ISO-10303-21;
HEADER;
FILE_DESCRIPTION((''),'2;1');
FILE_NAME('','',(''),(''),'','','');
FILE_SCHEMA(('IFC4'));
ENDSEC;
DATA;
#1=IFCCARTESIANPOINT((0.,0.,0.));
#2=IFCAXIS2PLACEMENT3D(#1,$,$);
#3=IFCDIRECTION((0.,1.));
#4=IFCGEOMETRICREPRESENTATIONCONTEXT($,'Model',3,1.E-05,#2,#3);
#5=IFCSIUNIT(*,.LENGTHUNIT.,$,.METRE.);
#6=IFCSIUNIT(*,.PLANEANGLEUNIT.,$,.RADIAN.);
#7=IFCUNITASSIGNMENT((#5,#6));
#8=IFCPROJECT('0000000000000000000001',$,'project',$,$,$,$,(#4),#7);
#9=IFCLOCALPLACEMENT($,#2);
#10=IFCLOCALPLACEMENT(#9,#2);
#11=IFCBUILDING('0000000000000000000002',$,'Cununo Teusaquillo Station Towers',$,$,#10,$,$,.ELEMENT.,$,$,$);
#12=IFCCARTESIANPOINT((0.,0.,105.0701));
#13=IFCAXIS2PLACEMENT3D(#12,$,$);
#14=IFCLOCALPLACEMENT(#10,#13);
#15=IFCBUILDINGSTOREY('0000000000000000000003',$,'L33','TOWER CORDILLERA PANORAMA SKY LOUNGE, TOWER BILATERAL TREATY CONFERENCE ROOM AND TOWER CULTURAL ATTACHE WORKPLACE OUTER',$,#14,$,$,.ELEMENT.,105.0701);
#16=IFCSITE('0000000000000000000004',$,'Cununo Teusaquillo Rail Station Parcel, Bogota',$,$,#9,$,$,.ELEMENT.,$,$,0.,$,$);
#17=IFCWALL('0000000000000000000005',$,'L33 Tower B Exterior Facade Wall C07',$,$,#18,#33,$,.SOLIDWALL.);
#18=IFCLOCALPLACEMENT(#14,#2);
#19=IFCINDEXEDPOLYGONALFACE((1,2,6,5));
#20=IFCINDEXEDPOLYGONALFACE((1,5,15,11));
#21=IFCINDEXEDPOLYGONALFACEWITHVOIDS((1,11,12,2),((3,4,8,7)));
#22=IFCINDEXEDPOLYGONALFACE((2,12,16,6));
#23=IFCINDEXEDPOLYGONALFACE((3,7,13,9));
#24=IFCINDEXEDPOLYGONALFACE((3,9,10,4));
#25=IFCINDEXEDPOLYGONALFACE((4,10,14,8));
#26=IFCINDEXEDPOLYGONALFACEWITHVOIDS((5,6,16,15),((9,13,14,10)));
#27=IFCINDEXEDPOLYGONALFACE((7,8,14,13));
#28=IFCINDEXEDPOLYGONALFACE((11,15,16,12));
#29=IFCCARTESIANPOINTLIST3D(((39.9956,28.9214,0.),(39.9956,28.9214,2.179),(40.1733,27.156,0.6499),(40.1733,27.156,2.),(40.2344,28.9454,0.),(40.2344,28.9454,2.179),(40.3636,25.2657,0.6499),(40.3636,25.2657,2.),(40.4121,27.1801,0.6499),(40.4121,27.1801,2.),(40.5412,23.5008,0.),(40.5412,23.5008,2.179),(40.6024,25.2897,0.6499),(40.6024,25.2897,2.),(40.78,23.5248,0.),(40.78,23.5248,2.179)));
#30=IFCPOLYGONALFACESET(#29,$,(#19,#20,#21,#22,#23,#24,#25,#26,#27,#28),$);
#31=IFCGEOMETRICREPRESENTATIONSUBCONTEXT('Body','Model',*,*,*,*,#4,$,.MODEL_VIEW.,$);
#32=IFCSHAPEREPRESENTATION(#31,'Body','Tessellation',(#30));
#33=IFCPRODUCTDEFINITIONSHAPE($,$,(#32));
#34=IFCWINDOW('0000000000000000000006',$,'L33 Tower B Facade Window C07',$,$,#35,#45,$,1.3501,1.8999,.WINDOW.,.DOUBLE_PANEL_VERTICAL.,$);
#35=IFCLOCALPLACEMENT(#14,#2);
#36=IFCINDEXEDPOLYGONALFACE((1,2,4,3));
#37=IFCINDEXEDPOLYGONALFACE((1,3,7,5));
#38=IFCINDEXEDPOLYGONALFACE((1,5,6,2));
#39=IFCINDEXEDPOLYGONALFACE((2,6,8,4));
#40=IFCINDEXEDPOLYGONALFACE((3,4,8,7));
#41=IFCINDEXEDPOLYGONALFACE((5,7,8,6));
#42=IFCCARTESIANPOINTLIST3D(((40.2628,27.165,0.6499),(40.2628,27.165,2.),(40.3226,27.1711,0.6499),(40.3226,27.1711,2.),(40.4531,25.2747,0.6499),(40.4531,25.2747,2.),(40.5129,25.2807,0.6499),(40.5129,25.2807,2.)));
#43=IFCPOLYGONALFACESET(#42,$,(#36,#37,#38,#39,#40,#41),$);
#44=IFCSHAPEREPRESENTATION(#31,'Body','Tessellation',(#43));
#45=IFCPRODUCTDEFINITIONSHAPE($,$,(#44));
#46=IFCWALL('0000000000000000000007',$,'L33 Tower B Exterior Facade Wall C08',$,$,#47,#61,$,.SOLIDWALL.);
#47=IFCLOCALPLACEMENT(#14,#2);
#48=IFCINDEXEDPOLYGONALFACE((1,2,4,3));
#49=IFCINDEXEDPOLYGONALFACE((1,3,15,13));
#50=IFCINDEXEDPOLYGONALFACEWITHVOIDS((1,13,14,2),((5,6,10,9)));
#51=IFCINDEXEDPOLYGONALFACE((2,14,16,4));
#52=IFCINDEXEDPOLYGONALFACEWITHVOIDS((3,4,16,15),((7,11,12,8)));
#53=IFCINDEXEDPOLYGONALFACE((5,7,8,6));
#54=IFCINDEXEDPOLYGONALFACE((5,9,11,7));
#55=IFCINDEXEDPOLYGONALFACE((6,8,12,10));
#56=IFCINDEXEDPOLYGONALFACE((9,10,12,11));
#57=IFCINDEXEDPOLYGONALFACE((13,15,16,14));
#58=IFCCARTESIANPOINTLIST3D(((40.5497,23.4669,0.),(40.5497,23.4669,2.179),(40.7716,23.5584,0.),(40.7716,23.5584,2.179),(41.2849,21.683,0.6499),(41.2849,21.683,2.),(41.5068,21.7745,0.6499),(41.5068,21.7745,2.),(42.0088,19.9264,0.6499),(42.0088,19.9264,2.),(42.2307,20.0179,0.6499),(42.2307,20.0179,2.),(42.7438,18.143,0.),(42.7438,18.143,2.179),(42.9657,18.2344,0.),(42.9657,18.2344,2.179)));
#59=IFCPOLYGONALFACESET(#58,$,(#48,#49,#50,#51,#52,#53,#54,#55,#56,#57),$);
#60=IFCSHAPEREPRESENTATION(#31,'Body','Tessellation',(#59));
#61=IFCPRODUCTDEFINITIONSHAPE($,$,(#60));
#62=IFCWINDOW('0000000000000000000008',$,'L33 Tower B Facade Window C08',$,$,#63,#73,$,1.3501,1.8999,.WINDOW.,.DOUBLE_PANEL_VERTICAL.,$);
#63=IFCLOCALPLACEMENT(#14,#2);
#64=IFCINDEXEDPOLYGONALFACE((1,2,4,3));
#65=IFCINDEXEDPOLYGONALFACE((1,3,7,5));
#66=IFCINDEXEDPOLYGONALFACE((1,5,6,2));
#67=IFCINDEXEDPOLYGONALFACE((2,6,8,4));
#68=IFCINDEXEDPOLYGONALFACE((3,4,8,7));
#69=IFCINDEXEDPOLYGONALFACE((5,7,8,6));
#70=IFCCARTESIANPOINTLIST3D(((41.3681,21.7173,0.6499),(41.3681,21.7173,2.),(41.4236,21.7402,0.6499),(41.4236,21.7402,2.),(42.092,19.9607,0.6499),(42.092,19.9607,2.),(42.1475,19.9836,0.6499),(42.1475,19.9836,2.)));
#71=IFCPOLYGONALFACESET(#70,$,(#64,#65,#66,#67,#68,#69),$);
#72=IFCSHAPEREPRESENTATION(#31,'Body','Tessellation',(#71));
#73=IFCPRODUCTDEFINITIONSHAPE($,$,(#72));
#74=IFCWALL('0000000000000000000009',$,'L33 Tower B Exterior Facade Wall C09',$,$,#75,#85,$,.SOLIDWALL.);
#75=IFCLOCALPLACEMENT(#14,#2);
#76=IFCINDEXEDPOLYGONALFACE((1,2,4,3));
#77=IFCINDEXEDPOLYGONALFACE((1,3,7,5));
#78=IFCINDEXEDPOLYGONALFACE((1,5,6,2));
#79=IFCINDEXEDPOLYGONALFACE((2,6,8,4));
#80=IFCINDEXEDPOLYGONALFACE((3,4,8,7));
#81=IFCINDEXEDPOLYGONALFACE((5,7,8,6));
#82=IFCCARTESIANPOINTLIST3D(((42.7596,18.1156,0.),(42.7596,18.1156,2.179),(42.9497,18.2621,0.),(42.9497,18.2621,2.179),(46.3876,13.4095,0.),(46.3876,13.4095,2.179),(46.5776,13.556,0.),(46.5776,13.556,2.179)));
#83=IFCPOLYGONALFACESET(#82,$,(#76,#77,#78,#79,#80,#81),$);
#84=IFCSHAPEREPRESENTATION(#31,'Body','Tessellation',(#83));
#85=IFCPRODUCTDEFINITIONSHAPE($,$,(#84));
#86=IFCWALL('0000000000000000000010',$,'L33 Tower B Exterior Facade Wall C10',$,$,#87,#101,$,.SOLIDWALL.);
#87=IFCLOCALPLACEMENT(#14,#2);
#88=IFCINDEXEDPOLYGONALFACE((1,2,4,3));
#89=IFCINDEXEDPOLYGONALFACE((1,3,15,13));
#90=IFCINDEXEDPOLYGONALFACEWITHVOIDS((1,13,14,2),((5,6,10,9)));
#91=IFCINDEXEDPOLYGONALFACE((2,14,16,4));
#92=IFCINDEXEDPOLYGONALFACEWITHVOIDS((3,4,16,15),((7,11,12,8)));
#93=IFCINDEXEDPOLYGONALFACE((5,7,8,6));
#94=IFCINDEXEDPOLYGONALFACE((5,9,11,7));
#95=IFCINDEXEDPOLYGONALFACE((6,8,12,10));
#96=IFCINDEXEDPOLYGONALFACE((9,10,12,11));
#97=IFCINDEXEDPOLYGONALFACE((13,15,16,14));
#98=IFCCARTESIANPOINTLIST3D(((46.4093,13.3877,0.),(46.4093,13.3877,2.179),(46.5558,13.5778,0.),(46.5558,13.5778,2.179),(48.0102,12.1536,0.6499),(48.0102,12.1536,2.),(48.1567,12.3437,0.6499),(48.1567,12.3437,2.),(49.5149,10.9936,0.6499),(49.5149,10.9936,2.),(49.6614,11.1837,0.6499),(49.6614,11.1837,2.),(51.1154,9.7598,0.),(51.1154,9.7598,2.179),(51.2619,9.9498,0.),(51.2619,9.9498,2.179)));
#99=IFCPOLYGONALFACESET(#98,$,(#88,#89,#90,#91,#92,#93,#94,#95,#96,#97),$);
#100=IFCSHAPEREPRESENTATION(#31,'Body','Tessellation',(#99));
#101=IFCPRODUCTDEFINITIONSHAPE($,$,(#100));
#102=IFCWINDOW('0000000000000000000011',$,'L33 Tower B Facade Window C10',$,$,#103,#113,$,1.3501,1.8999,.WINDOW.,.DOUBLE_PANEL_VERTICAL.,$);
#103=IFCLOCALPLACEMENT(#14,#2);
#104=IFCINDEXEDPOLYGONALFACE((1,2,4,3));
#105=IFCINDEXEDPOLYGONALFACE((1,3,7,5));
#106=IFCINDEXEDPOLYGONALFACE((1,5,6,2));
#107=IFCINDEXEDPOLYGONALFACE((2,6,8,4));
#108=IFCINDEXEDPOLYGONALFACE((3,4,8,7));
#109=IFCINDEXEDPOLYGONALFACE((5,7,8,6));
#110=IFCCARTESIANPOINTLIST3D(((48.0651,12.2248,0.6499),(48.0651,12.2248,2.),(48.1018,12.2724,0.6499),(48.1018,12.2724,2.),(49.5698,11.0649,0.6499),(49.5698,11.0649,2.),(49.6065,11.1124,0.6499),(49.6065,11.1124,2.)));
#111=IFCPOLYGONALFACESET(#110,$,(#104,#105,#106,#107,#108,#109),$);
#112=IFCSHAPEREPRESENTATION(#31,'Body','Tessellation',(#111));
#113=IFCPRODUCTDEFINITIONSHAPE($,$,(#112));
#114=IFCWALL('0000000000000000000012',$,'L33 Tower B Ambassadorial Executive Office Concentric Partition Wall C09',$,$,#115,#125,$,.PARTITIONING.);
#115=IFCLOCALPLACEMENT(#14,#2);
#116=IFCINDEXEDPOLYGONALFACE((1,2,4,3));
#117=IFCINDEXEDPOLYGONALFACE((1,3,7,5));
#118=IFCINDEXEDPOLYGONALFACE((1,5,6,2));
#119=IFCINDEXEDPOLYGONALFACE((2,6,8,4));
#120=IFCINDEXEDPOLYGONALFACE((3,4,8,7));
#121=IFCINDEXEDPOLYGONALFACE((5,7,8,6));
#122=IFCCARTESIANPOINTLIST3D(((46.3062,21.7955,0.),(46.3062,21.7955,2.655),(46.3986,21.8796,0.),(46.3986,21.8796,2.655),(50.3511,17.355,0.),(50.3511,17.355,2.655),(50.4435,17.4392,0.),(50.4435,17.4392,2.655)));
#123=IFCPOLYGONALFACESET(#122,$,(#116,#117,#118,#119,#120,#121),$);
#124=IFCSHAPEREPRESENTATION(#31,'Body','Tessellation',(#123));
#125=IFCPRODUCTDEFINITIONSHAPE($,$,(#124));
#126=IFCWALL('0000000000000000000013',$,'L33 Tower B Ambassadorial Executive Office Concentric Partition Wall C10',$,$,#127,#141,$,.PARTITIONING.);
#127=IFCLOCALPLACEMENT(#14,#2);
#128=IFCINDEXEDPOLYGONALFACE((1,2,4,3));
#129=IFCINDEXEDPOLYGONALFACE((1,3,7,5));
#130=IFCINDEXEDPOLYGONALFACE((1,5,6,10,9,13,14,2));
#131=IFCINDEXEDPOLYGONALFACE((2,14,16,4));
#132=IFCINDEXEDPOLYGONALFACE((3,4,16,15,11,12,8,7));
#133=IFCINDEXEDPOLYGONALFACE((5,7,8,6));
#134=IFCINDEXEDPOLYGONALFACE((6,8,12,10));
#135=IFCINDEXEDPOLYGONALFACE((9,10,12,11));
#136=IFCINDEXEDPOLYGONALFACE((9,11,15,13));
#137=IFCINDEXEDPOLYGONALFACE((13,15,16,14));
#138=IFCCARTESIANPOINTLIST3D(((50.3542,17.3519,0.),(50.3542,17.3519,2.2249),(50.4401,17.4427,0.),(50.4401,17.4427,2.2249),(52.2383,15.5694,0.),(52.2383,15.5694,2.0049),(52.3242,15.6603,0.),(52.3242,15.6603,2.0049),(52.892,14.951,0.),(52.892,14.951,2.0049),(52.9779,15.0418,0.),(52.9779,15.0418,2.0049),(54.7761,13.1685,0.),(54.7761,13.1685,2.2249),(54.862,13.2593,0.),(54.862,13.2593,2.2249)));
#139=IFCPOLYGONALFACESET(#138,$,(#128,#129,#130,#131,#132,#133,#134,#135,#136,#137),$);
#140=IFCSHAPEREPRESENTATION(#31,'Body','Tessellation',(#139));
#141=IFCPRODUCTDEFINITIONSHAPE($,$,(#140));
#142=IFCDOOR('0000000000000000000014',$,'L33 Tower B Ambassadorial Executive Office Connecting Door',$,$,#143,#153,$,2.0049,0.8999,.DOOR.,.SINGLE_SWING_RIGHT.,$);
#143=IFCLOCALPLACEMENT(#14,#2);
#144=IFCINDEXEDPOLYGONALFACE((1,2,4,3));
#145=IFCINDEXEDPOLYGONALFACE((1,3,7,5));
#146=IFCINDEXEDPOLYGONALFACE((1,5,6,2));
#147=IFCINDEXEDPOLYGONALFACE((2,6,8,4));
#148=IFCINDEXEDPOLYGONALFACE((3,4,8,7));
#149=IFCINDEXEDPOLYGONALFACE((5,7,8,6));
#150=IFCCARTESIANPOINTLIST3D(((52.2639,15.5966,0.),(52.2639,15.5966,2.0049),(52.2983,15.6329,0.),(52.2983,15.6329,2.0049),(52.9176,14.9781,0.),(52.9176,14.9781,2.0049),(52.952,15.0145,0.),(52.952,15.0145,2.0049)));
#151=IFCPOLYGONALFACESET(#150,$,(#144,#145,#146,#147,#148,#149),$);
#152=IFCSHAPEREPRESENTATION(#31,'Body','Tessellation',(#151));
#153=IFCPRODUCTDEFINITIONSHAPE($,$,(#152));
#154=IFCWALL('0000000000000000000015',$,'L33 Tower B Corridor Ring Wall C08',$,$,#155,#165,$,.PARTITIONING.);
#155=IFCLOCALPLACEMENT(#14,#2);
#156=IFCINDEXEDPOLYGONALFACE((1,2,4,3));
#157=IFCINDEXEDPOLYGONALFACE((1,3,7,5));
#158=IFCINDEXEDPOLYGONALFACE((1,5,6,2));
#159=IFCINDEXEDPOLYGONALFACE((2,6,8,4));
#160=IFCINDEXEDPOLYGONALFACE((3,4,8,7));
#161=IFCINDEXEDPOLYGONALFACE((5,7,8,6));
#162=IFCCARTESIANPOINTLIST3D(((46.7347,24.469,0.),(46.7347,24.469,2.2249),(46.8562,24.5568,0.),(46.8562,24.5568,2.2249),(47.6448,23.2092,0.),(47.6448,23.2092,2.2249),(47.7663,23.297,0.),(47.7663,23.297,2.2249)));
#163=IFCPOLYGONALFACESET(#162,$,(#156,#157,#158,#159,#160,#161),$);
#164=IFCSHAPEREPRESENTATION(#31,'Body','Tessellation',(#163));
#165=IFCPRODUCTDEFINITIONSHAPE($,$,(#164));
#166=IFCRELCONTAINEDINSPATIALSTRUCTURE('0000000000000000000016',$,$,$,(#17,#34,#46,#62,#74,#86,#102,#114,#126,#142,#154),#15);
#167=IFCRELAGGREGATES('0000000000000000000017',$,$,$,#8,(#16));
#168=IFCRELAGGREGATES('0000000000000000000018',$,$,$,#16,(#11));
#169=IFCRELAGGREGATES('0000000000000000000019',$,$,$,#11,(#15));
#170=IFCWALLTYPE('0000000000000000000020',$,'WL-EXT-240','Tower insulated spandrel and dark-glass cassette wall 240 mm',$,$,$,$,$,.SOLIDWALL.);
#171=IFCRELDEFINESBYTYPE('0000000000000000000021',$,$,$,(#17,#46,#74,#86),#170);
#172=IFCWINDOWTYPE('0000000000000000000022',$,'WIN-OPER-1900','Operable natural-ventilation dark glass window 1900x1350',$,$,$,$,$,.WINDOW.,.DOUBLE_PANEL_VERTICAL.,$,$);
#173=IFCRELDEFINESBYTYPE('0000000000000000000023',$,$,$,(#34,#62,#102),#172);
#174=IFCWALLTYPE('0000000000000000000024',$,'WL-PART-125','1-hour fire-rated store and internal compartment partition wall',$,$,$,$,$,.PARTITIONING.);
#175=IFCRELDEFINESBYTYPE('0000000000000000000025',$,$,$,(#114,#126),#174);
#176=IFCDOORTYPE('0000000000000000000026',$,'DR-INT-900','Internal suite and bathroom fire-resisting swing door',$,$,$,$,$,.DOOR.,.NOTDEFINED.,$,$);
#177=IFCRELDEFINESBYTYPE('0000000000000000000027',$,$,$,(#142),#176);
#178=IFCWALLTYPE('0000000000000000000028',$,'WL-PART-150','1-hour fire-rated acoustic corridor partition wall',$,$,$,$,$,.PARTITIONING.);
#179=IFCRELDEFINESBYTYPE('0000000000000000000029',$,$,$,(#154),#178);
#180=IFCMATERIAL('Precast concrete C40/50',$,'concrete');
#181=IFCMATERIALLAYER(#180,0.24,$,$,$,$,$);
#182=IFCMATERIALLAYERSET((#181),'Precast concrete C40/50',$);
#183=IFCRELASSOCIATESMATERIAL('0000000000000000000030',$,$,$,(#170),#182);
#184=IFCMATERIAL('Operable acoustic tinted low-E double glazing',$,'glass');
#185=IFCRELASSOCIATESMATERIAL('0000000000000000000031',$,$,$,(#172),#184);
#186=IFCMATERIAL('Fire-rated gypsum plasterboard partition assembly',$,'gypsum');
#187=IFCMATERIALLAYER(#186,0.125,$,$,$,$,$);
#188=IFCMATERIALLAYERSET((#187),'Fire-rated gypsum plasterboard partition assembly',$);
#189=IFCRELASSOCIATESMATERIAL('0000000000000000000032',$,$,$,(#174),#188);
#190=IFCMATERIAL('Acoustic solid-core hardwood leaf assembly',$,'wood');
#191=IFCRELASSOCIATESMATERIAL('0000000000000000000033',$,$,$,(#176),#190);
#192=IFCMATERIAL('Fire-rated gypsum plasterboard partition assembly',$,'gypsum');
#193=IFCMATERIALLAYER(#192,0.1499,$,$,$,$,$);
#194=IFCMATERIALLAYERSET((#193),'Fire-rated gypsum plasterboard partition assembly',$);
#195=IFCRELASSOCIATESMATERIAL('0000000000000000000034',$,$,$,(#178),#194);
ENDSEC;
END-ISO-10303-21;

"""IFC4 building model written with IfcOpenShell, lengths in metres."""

from ifc_helpers import new_model, si_unit, direction, frame, frame_2d, origin, place, context, subcontext, project, spatial, rectangle, extrude, source, transform, mapped, material, layer, layer_set, type_object, element, fill, save


model = new_model("IFC4")

# Units and contexts
model_context = context("Model", 3, precision=1e-05, world=origin(), true_north=direction((0.0, 1.0)))
body_context = subcontext(model_context, "Body", "Model", "MODEL_VIEW")
ifc_project = project(units=[si_unit("LENGTHUNIT", "METRE"), si_unit("PLANEANGLEUNIT", "RADIAN")], contexts=[model_context])

# Site, building, storey
site_placement = place(None, origin())
site = spatial("IfcSite", under=ifc_project, at=site_placement, Name="Cununo Teusaquillo Rail Station Parcel, Bogota", CompositionType="ELEMENT", RefElevation=0.0)
building_placement = place(site_placement, origin())
building = spatial("IfcBuilding", under=site, at=building_placement, Name="Cununo Teusaquillo Station Towers", CompositionType="ELEMENT")
storey_placement = place(building_placement, frame((0.0, 0.0, 105.0701)))
storey = spatial("IfcBuildingStorey", under=building, at=storey_placement, Name="L33", Description="TOWER CORDILLERA PANORAMA SKY LOUNGE, TOWER BILATERAL TREATY CONFERENCE ROOM AND TOWER CULTURAL ATTACHE WORKPLACE OUTER", CompositionType="ELEMENT", Elevation=105.0701)

# Shared definitions
ifc_material_1 = material(Name="Precast concrete C40/50", Category="concrete")
ifc_layer_1 = layer(ifc_material_1, 0.24)
ifc_layer_set_1 = layer_set([ifc_layer_1], Name="Precast concrete C40/50")
wall_type_1 = type_object("IfcWallType", Name="WL-EXT-240", Description="Tower insulated spandrel and dark-glass cassette wall 240 mm", PredefinedType="SOLIDWALL", material=ifc_layer_set_1)

# Walls, openings, windows
shared_shape_1 = source(origin(), body_context, "Body", "SweptSolid", [
    extrude(rectangle(XDim=1.8999, YDim=1.3501, at=frame_2d((0.95, 0.675))), frame((0.0, 0.1299, 0.0), z_axis=(0.0, -1.0, 0.0), x_axis=(1.0, 0.0, 0.0)), (0.0, 0.0, 1.0), 0.26),
])
ifc_material_2 = material(Name="Operable acoustic tinted low-E double glazing", Category="glass")
window_type = type_object("IfcWindowType", Name="WIN-OPER-1900", Description="Operable natural-ventilation dark glass window 1900x1350", PartitioningType="DOUBLE_PANEL_VERTICAL", PredefinedType="WINDOW", material=ifc_material_2)
shared_shape_2 = source(origin(), body_context, "Body", "SweptSolid", [
    extrude(rectangle(XDim=1.8999, YDim=1.3501, at=frame_2d((0.95, 0.675))), frame((0.0, 0.03, 0.0), z_axis=(0.0, -1.0, 0.0), x_axis=(1.0, 0.0, 0.0)), (0.0, 0.0, 1.0), 0.0601),
])
wall_1_placement = place(storey_placement, frame((40.6606, 23.5127, 0.0), z_axis=(0.0, 0.0, 1.0), x_axis=(-0.100156, 0.994972, 0.0)))
wall_1 = element("IfcWall", 1, at=wall_1_placement, inside=storey, type_object=wall_type_1, Name="L33 Tower B Exterior Facade Wall C07", PredefinedType="SOLIDWALL", context=body_context, shape_type="SweptSolid", body=[
    extrude(rectangle(XDim=5.448, YDim=0.24, at=frame_2d((2.7241, 0.0))), origin(), (0.0, 0.0, 1.0), 2.179),
])
opening_1_placement = place(wall_1_placement, frame((1.7739, 0.0, 0.6499)))
opening_1 = element("IfcOpeningElement", 2, at=opening_1_placement, cuts=wall_1, PredefinedType="OPENING", context=body_context, shape_type="MappedRepresentation", body=[
    mapped(shared_shape_1, transform((0.0, 0.0, 0.0), x_axis=(1.0, 0.0, 0.0), y_axis=(0.0, 1.0, 0.0), z_axis=(0.0, 0.0, 1.0), scale=1.0)),
])
window_1_placement = place(opening_1_placement, origin())
window_1 = element("IfcWindow", 3, at=window_1_placement, inside=storey, type_object=window_type, Name="L33 Tower B Facade Window C07", OverallHeight=1.3501, OverallWidth=1.8999, PartitioningType="DOUBLE_PANEL_VERTICAL", PredefinedType="WINDOW", context=body_context, shape_type="MappedRepresentation", body=[
    mapped(shared_shape_2, transform((0.0, 0.0, 0.0), x_axis=(1.0, 0.0, 0.0), y_axis=(0.0, 1.0, 0.0), z_axis=(0.0, 0.0, 1.0), scale=1.0)),
])
fill(opening_1, window_1)
wall_2_placement = place(storey_placement, frame((42.8547, 18.1887, 0.0), z_axis=(0.0, 0.0, 1.0), x_axis=(-0.381027, 0.924564, 0.0)))
wall_2 = element("IfcWall", 4, at=wall_2_placement, inside=storey, type_object=wall_type_1, Name="L33 Tower B Exterior Facade Wall C08", PredefinedType="SOLIDWALL", context=body_context, shape_type="SweptSolid", body=[
    extrude(rectangle(XDim=5.7583, YDim=0.24, at=frame_2d((2.8792, 0.0))), origin(), (0.0, 0.0, 1.0), 2.179),
])
opening_2_placement = place(wall_2_placement, frame((1.929, 0.0, 0.6499)))
opening_2 = element("IfcOpeningElement", 5, at=opening_2_placement, cuts=wall_2, PredefinedType="OPENING", context=body_context, shape_type="MappedRepresentation", body=[
    mapped(shared_shape_1, transform((0.0, 0.0, 0.0), x_axis=(1.0, 0.0, 0.0), y_axis=(0.0, 1.0, 0.0), z_axis=(0.0, 0.0, 1.0), scale=1.0)),
])
window_2_placement = place(opening_2_placement, origin())
window_2 = element("IfcWindow", 6, at=window_2_placement, inside=storey, type_object=window_type, Name="L33 Tower B Facade Window C08", OverallHeight=1.3501, OverallWidth=1.8999, PartitioningType="DOUBLE_PANEL_VERTICAL", PredefinedType="WINDOW", context=body_context, shape_type="MappedRepresentation", body=[
    mapped(shared_shape_2, transform((0.0, 0.0, 0.0), x_axis=(1.0, 0.0, 0.0), y_axis=(0.0, 1.0, 0.0), z_axis=(0.0, 0.0, 1.0), scale=1.0)),
])
fill(opening_2, window_2)

# Wall
wall_3_placement = place(storey_placement, frame((46.4827, 13.4827, 0.0), z_axis=(0.0, 0.0, 1.0), x_axis=(-0.610544, 0.791982, 0.0)))
element("IfcWall", 7, at=wall_3_placement, inside=storey, type_object=wall_type_1, Name="L33 Tower B Exterior Facade Wall C09", PredefinedType="SOLIDWALL", context=body_context, shape_type="SweptSolid", body=[
    extrude(rectangle(XDim=5.9421, YDim=0.24, at=frame_2d((2.9712, 0.0))), origin(), (0.0, 0.0, 1.0), 2.179),
])

# Wall, opening, window
wall_4_placement = place(storey_placement, frame((51.1887, 9.8547, 0.0), z_axis=(0.0, 0.0, 1.0), x_axis=(-0.791982, 0.610544, 0.0)))
wall_4 = element("IfcWall", 8, at=wall_4_placement, inside=storey, type_object=wall_type_1, Name="L33 Tower B Exterior Facade Wall C10", PredefinedType="SOLIDWALL", context=body_context, shape_type="SweptSolid", body=[
    extrude(rectangle(XDim=5.9421, YDim=0.24, at=frame_2d((2.9712, 0.0))), origin(), (0.0, 0.0, 1.0), 2.179),
])
opening_3_placement = place(wall_4_placement, frame((2.021, 0.0, 0.6499)))
opening_3 = element("IfcOpeningElement", 9, at=opening_3_placement, cuts=wall_4, PredefinedType="OPENING", context=body_context, shape_type="MappedRepresentation", body=[
    mapped(shared_shape_1, transform((0.0, 0.0, 0.0), x_axis=(1.0, 0.0, 0.0), y_axis=(0.0, 1.0, 0.0), z_axis=(0.0, 0.0, 1.0), scale=1.0)),
])
window_3_placement = place(opening_3_placement, origin())
window_3 = element("IfcWindow", 10, at=window_3_placement, inside=storey, type_object=window_type, Name="L33 Tower B Facade Window C10", OverallHeight=1.3501, OverallWidth=1.8999, PartitioningType="DOUBLE_PANEL_VERTICAL", PredefinedType="WINDOW", context=body_context, shape_type="MappedRepresentation", body=[
    mapped(shared_shape_2, transform((0.0, 0.0, 0.0), x_axis=(1.0, 0.0, 0.0), y_axis=(0.0, 1.0, 0.0), z_axis=(0.0, 0.0, 1.0), scale=1.0)),
])
fill(opening_3, window_3)

# Wall
ifc_material_3 = material(Name="Fire-rated gypsum plasterboard partition assembly", Category="gypsum")
ifc_layer_2 = layer(ifc_material_3, 0.125)
ifc_layer_set_2 = layer_set([ifc_layer_2], Name="Fire-rated gypsum plasterboard partition assembly")
wall_type_2 = type_object("IfcWallType", Name="WL-PART-125", Description="1-hour fire-rated store and internal compartment partition wall", PredefinedType="PARTITIONING", material=ifc_layer_set_2)
wall_5_placement = place(storey_placement, frame((46.3523, 21.8376, 0.0), z_axis=(0.0, 0.0, 1.0), x_axis=(0.673417, -0.739263, 0.0)))
element("IfcWall", 11, at=wall_5_placement, inside=storey, type_object=wall_type_2, Name="L33 Tower B Ambassadorial Executive Office Concentric Partition Wall C09", PredefinedType="PARTITIONING", context=body_context, shape_type="SweptSolid", body=[
    extrude(rectangle(XDim=6.0066, YDim=0.125, at=frame_2d((3.0034, 0.0))), origin(), (0.0, 0.0, 1.0), 2.655),
])

# Wall, opening, door
wall_6_placement = place(storey_placement, frame((50.3972, 17.3972, 0.0), z_axis=(0.0, 0.0, 1.0), x_axis=(0.726428, -0.687243, 0.0)))
wall_6 = element("IfcWall", 12, at=wall_6_placement, inside=storey, type_object=wall_type_2, Name="L33 Tower B Ambassadorial Executive Office Concentric Partition Wall C10", PredefinedType="PARTITIONING", context=body_context, shape_type="SweptSolid", body=[
    extrude(rectangle(XDim=6.0872, YDim=0.125, at=frame_2d((3.0435, 0.0))), origin(), (0.0, 0.0, 1.0), 2.2249),
])
shared_shape_3 = source(origin(), body_context, "Body", "SweptSolid", [
    extrude(rectangle(XDim=0.8999, YDim=2.0049, at=frame_2d((0.45, 1.0024))), frame((0.0, 0.0725, 0.0), z_axis=(0.0, -1.0, 0.0), x_axis=(1.0, 0.0, 0.0)), (0.0, 0.0, 1.0), 0.145),
])
opening_4_placement = place(wall_6_placement, frame((2.5935, 0.0, 0.0)))
opening_4 = element("IfcOpeningElement", 13, at=opening_4_placement, cuts=wall_6, PredefinedType="OPENING", context=body_context, shape_type="MappedRepresentation", body=[
    mapped(shared_shape_3, transform((0.0, 0.0, 0.0), x_axis=(1.0, 0.0, 0.0), y_axis=(0.0, 1.0, 0.0), z_axis=(0.0, 0.0, 1.0), scale=1.0)),
])
ifc_material_4 = material(Name="Acoustic solid-core hardwood leaf assembly", Category="wood")
door_type_1 = type_object("IfcDoorType", Name="DR-INT-900", Description="Internal suite and bathroom fire-resisting swing door", OperationType="NOTDEFINED", PredefinedType="DOOR", material=ifc_material_4)
shared_shape_4 = source(origin(), body_context, "Body", "SweptSolid", [
    extrude(rectangle(XDim=0.8999, YDim=2.0049, at=frame_2d((0.45, 1.0024))), frame((0.0, 0.0249, 0.0), z_axis=(0.0, -1.0, 0.0), x_axis=(1.0, 0.0, 0.0)), (0.0, 0.0, 1.0), 0.05),
])
door_1_placement = place(opening_4_placement, origin())
door_1 = element("IfcDoor", 14, at=door_1_placement, inside=storey, type_object=door_type_1, Name="L33 Tower B Ambassadorial Executive Office Connecting Door", OperationType="SINGLE_SWING_RIGHT", OverallHeight=2.0049, OverallWidth=0.8999, PredefinedType="DOOR", context=body_context, shape_type="MappedRepresentation", body=[
    mapped(shared_shape_4, transform((0.0, 0.0, 0.0), x_axis=(1.0, 0.0, 0.0), y_axis=(0.0, 1.0, 0.0), z_axis=(0.0, 0.0, 1.0), scale=1.0)),
])
fill(opening_4, door_1)

# Wall
ifc_material_5 = material(Name="Fire-rated gypsum plasterboard partition assembly", Category="gypsum")
ifc_layer_3 = layer(ifc_material_5, 0.1499)
ifc_layer_set_3 = layer_set([ifc_layer_3], Name="Fire-rated gypsum plasterboard partition assembly")
wall_type_3 = type_object("IfcWallType", Name="WL-PART-150", Description="1-hour fire-rated acoustic corridor partition wall", PredefinedType="PARTITIONING", material=ifc_layer_set_3)
wall_7_placement = place(storey_placement, frame((46.7954, 24.5129, 0.0), z_axis=(0.0, 0.0, 1.0), x_axis=(0.585628, -0.81058, 0.0)))
element("IfcWall", 15, at=wall_7_placement, inside=storey, type_object=wall_type_3, Name="L33 Tower B Corridor Ring Wall C08", PredefinedType="PARTITIONING", context=body_context, shape_type="SweptSolid", body=[
    extrude(rectangle(XDim=1.5542, YDim=0.1499, at=frame_2d((0.7771, 0.0))), origin(), (0.0, 0.0, 1.0), 2.2249),
])

save(model, "model.ifc")
